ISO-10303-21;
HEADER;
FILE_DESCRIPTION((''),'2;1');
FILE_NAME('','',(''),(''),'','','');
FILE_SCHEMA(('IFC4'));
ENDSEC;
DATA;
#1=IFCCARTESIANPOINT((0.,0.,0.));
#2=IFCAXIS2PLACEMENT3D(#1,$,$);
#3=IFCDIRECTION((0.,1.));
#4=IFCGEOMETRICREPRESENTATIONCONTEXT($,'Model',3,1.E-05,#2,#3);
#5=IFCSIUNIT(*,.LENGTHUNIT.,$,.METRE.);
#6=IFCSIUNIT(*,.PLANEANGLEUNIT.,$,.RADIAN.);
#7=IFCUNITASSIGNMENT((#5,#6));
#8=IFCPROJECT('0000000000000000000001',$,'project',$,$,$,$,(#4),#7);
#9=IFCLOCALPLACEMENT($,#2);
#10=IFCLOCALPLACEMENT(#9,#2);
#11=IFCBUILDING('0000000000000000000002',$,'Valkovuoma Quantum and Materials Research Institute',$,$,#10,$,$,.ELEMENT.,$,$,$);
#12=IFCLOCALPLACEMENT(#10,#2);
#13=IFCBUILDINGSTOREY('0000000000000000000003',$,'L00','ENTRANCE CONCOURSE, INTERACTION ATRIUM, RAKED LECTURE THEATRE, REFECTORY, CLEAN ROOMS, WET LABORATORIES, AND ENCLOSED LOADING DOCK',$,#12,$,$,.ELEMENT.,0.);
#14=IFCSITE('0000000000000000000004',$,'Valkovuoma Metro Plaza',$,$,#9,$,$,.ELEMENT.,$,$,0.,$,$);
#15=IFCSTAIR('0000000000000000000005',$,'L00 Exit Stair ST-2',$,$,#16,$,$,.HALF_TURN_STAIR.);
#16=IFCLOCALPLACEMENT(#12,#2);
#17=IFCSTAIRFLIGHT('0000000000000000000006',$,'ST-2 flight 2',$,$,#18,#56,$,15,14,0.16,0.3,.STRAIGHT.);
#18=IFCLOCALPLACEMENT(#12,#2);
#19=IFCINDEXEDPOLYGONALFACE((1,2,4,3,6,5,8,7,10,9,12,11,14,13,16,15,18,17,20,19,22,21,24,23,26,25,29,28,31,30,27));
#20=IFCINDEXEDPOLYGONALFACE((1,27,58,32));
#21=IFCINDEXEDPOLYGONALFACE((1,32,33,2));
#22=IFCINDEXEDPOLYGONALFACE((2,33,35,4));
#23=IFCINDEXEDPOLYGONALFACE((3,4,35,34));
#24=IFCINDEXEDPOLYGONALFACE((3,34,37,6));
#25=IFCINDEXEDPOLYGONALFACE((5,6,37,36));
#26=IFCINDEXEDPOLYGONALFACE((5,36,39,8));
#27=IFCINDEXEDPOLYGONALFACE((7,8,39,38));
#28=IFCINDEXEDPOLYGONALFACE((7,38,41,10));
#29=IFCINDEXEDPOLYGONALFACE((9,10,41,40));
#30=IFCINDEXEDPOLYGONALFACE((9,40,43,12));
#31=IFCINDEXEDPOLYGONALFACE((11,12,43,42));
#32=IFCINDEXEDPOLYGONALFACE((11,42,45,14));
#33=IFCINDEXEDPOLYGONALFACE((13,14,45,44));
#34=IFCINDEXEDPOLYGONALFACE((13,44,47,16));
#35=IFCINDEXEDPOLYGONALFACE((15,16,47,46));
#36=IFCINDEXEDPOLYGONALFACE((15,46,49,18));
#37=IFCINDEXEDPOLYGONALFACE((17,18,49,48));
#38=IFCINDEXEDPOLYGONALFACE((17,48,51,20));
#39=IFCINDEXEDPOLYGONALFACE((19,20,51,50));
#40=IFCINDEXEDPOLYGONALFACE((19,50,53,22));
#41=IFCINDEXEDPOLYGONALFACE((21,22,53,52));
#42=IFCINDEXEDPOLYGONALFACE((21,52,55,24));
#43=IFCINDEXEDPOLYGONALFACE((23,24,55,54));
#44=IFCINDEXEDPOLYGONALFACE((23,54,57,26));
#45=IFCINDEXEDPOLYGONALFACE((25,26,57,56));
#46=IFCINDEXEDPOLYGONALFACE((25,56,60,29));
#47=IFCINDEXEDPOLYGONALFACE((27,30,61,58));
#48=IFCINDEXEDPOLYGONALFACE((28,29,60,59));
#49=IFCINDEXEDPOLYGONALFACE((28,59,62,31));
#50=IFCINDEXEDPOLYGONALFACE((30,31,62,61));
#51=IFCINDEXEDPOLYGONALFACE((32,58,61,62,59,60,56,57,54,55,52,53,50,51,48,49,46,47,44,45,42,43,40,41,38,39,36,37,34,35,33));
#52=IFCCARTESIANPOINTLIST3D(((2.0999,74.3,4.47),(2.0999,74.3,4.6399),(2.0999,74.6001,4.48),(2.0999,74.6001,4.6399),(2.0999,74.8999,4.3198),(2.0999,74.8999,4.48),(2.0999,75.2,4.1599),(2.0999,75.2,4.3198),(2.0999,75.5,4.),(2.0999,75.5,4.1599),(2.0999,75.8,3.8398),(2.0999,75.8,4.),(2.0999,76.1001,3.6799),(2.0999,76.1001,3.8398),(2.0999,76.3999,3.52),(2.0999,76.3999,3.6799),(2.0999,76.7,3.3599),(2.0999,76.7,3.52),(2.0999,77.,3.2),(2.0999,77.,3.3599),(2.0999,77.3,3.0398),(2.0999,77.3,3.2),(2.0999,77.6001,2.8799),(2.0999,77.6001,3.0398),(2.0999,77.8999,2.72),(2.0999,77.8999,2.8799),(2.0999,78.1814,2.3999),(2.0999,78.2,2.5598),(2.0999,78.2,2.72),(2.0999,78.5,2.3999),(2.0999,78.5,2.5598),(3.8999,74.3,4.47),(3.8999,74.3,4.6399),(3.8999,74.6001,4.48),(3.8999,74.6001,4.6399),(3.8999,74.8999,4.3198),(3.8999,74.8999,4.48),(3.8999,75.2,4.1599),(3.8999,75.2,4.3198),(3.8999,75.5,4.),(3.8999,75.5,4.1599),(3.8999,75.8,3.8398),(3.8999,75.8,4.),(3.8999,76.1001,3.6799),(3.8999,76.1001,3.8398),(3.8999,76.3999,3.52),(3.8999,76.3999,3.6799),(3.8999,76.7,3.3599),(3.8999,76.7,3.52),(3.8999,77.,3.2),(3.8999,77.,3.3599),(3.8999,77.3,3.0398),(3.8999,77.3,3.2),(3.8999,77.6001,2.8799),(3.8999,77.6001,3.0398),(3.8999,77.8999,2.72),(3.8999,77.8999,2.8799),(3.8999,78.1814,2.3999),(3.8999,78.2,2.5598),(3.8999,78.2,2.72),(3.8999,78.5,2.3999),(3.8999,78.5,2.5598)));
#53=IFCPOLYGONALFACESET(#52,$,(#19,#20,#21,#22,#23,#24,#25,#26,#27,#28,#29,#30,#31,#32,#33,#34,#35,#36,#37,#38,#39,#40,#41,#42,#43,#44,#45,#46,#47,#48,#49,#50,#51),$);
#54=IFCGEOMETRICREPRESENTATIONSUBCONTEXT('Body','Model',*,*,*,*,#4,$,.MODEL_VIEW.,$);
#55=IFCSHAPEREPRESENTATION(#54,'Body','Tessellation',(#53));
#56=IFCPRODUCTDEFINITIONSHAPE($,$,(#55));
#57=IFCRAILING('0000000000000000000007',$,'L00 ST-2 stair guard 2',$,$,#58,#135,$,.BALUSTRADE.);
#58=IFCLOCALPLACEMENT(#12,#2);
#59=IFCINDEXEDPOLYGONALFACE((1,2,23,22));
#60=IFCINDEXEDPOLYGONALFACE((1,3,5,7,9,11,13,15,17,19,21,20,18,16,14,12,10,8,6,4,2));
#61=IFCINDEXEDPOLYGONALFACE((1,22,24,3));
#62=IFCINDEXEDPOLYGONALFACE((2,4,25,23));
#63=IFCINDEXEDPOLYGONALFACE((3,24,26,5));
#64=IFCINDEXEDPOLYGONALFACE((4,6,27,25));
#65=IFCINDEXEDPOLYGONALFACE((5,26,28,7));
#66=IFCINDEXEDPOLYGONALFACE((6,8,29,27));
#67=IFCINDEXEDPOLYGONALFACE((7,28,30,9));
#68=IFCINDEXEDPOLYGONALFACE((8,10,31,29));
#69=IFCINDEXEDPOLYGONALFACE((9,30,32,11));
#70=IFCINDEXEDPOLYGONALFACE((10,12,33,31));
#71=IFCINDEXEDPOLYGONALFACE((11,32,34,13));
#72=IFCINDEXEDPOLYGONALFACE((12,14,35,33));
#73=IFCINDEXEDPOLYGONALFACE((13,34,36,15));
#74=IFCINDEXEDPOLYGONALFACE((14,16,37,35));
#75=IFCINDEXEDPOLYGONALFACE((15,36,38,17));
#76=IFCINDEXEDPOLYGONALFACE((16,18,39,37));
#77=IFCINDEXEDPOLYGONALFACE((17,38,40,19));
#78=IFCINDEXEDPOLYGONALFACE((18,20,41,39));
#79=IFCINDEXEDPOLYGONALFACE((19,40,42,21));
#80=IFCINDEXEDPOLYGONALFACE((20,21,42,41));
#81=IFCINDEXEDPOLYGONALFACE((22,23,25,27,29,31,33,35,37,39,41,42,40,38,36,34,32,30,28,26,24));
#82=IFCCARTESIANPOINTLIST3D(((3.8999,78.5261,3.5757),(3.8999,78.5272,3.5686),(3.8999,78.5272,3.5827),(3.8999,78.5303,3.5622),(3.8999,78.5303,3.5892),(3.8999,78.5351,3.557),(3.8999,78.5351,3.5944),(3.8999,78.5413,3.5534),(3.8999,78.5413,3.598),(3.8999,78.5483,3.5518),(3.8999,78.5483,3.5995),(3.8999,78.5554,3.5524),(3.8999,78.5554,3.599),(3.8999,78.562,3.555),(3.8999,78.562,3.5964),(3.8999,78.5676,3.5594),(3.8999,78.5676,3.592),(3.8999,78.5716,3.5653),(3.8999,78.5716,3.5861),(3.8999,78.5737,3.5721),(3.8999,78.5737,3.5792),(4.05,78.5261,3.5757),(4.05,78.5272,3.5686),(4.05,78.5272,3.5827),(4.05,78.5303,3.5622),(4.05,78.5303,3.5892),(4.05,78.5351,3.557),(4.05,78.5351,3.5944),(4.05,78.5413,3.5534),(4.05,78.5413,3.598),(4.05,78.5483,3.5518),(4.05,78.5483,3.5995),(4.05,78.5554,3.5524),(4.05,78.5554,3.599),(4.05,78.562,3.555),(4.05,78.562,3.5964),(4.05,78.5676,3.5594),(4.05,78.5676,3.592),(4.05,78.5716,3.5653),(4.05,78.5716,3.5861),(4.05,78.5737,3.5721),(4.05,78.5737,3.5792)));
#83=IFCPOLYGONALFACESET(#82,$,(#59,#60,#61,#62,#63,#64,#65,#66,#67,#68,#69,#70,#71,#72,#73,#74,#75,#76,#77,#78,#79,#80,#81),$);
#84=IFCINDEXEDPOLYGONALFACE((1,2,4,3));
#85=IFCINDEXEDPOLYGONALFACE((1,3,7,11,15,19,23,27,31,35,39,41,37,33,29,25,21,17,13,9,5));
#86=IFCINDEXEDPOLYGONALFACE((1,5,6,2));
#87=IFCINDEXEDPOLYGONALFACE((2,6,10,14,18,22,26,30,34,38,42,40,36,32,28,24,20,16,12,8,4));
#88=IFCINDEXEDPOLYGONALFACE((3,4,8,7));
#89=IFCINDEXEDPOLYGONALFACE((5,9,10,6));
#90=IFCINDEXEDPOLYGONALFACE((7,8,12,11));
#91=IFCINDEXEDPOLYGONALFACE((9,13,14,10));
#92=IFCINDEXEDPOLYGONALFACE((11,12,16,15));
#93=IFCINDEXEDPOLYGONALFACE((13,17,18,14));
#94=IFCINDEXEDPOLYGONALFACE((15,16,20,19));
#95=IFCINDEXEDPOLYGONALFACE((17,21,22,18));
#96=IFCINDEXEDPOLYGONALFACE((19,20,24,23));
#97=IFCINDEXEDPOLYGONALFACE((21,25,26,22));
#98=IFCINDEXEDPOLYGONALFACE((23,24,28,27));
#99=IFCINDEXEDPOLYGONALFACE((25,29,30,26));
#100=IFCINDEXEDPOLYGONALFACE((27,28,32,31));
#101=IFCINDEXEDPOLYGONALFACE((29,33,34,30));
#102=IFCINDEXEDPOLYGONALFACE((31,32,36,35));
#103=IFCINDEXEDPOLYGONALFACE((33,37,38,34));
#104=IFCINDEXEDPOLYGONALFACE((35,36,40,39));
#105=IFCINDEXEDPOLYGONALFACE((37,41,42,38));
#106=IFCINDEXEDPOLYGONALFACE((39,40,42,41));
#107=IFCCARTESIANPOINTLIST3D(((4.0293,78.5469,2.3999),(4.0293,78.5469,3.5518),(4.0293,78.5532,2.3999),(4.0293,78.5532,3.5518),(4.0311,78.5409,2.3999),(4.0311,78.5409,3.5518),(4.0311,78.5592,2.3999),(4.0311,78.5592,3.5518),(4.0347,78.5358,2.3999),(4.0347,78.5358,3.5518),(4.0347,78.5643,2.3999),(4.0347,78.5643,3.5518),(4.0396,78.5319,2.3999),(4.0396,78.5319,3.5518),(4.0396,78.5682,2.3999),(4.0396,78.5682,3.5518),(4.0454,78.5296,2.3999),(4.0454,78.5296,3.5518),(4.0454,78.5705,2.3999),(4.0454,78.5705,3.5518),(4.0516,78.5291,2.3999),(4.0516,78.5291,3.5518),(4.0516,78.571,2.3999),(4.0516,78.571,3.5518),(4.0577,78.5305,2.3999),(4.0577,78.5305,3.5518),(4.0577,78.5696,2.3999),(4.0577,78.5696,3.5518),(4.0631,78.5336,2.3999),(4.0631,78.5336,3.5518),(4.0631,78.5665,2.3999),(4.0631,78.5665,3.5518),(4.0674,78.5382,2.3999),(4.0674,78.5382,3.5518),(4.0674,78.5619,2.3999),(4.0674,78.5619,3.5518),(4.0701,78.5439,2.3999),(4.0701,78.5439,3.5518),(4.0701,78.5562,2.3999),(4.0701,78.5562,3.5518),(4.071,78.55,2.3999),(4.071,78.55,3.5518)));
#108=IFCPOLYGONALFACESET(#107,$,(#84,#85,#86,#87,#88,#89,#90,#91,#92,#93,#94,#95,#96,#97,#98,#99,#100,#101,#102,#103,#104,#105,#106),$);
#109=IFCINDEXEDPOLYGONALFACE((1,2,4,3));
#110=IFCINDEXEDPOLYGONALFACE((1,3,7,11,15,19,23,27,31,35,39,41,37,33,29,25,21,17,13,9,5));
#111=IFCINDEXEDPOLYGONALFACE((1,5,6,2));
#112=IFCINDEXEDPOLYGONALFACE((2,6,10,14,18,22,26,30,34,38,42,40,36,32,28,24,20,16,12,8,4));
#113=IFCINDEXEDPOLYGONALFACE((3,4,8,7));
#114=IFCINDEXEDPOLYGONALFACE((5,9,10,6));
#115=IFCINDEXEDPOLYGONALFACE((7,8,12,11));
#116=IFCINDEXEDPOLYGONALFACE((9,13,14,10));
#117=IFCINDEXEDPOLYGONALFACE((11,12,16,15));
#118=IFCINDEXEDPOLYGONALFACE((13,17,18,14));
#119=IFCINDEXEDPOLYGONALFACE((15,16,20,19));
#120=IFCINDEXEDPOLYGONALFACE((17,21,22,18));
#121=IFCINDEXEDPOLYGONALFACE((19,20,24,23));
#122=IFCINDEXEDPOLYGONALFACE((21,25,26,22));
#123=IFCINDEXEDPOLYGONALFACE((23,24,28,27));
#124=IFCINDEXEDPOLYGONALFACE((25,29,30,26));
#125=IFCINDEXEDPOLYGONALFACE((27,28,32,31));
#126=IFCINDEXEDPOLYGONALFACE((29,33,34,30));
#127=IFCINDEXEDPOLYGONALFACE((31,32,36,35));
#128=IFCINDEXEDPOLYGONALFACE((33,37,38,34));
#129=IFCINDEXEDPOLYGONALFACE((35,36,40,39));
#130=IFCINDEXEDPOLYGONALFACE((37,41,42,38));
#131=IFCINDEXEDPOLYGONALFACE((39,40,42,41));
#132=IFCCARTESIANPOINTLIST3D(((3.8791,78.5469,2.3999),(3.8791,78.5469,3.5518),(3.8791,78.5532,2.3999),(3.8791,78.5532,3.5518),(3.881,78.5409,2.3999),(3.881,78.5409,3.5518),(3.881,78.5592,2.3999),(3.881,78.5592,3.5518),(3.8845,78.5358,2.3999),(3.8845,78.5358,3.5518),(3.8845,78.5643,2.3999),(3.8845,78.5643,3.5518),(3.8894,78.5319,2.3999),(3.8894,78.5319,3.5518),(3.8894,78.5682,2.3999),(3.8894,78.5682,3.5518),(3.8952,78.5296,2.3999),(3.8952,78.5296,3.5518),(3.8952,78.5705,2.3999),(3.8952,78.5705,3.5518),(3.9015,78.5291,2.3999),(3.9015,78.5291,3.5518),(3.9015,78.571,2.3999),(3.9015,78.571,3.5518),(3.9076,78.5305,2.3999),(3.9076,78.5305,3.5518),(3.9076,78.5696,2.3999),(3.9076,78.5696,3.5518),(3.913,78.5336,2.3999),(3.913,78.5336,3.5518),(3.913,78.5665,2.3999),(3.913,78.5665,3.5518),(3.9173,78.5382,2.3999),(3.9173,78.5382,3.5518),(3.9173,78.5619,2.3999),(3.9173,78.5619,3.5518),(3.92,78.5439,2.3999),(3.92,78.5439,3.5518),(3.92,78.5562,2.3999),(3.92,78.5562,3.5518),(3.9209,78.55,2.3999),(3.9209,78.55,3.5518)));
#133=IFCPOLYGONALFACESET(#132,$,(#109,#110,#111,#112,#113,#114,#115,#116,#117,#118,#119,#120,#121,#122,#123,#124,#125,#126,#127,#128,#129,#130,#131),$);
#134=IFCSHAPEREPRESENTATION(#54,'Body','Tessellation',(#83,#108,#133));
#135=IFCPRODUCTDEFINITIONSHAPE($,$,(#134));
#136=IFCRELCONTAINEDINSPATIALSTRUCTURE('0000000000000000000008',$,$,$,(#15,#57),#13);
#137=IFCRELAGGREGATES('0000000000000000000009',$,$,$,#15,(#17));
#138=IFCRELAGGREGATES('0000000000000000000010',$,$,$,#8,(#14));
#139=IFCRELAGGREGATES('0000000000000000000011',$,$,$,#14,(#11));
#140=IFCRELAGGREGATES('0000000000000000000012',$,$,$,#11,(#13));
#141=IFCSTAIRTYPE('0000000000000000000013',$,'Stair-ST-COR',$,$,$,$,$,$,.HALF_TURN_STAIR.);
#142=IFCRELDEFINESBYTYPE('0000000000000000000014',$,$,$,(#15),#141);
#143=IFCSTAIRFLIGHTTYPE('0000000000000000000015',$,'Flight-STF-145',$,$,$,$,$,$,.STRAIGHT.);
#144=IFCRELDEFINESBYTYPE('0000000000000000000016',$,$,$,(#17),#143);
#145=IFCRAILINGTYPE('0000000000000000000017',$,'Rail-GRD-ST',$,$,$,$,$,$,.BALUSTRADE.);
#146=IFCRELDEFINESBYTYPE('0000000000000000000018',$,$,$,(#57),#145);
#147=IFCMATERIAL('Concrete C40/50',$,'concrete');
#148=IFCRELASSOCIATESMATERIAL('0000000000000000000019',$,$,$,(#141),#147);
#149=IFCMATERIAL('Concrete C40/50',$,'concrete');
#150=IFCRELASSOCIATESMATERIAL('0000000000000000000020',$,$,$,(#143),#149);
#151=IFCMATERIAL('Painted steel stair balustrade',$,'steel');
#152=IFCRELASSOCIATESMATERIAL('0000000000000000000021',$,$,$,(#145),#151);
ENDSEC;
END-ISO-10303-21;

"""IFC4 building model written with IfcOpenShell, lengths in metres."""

from ifc_helpers import new_model, si_unit, direction, frame, origin, origin_2d, place, context, subcontext, project, spatial, polyline, circle, outline, extrude, material, type_object, element, aggregate, save


model = new_model("IFC4")

# Units and contexts
model_context = context("Model", 3, precision=1e-05, world=origin(), true_north=direction((0.0, 1.0)))
body_context = subcontext(model_context, "Body", "Model", "MODEL_VIEW")
ifc_project = project(units=[si_unit("LENGTHUNIT", "METRE"), si_unit("PLANEANGLEUNIT", "RADIAN")], contexts=[model_context])

# Site, building, storey
site_placement = place(None, origin())
site = spatial("IfcSite", under=ifc_project, at=site_placement, Name="Valkovuoma Metro Plaza", CompositionType="ELEMENT", RefElevation=0.0)
building_placement = place(site_placement, origin())
building = spatial("IfcBuilding", under=site, at=building_placement, Name="Valkovuoma Quantum and Materials Research Institute", CompositionType="ELEMENT")
storey_placement = place(building_placement, origin())
storey = spatial("IfcBuildingStorey", under=building, at=storey_placement, Name="L00", Description="ENTRANCE CONCOURSE, INTERACTION ATRIUM, RAKED LECTURE THEATRE, REFECTORY, CLEAN ROOMS, WET LABORATORIES, AND ENCLOSED LOADING DOCK", CompositionType="ELEMENT", Elevation=0.0)

# Stair, stair flight
ifc_material_1 = material(Name="Concrete C40/50", Category="concrete")
stair_type = type_object("IfcStairType", Name="Stair-ST-COR", PredefinedType="HALF_TURN_STAIR", material=ifc_material_1)
stair_placement = place(storey_placement, origin())
stair = element("IfcStair", 1, at=stair_placement, inside=storey, type_object=stair_type, Name="L00 Exit Stair ST-2", PredefinedType="HALF_TURN_STAIR")
ifc_material_2 = material(Name="Concrete C40/50", Category="concrete")
stair_flight_type = type_object("IfcStairFlightType", Name="Flight-STF-145", PredefinedType="STRAIGHT", material=ifc_material_2)
stair_flight_placement = place(storey_placement, frame((3.0, 78.5, 2.3999), z_axis=(0.0, 0.0, 1.0), x_axis=(0.0, -1.0, 0.0)))
stair_flight = element("IfcStairFlight", 2, at=stair_flight_placement, type_object=stair_flight_type, Name="ST-2 flight 2", NumberOfRisers=15, NumberOfTreads=14, PredefinedType="STRAIGHT", RiserHeight=0.16, TreadLength=0.3, context=body_context, shape_type="SweptSolid", body=[
    extrude(outline(polyline([(0.0, 0.0), (0.0, 0.1599), (0.3, 0.1599), (0.3, 0.3201), (0.6001, 0.3201), (0.6001, 0.48), (0.8999, 0.48), (0.8999, 0.6399), (1.2, 0.6399), (1.2, 0.8), (1.5, 0.8), (1.5, 0.96), (1.8, 0.96), (1.8, 1.1201), (2.1001, 1.1201), (2.1001, 1.28), (2.3999, 1.28), (2.3999, 1.4399), (2.7, 1.4399), (2.7, 1.6001), (3.0, 1.6001), (3.0, 1.76), (3.3, 1.76), (3.3, 1.9199), (3.6001, 1.9199), (3.6001, 2.0801), (3.8999, 2.0801), (3.8999, 2.24), (4.2, 2.24), (4.2, 2.3999), (4.2, 2.0701), (0.3186, 0.0), (0.0, 0.0)])), frame((0.0, 0.8999, 0.0), z_axis=(0.0, -1.0, 0.0), x_axis=(1.0, 0.0, 0.0)), (0.0, 0.0, 1.0), 1.8),
])
aggregate(stair, [stair_flight])

# Railing
ifc_material_3 = material(Name="Painted steel stair balustrade", Category="steel")
railing_type_1 = type_object("IfcRailingType", Name="Rail-GRD-ST", PredefinedType="BALUSTRADE", material=ifc_material_3)
railing_1_placement = place(storey_placement, frame((4.05, 78.55, 2.3999)))
element("IfcRailing", 3, at=railing_1_placement, inside=storey, type_object=railing_type_1, Name="L00 ST-2 stair guard 2", PredefinedType="BALUSTRADE", context=body_context, shape_type="SweptSolid", body=[
    extrude(circle(Radius=0.0239, at=origin_2d()), frame((0.0, 0.0, 1.1758), z_axis=(-1.0, 0.0, 0.0), x_axis=(0.0, -1.0, 0.0)), (0.0, 0.0, 1.0), 0.1501),
    extrude(circle(Radius=0.021, at=origin_2d()), origin(), (0.0, 0.0, 1.0), 1.1519),
    extrude(circle(Radius=0.021, at=origin_2d()), frame((-0.1501, 0.0, 0.0)), (0.0, 0.0, 1.0), 1.1519),
])

save(model, "model.ifc")
